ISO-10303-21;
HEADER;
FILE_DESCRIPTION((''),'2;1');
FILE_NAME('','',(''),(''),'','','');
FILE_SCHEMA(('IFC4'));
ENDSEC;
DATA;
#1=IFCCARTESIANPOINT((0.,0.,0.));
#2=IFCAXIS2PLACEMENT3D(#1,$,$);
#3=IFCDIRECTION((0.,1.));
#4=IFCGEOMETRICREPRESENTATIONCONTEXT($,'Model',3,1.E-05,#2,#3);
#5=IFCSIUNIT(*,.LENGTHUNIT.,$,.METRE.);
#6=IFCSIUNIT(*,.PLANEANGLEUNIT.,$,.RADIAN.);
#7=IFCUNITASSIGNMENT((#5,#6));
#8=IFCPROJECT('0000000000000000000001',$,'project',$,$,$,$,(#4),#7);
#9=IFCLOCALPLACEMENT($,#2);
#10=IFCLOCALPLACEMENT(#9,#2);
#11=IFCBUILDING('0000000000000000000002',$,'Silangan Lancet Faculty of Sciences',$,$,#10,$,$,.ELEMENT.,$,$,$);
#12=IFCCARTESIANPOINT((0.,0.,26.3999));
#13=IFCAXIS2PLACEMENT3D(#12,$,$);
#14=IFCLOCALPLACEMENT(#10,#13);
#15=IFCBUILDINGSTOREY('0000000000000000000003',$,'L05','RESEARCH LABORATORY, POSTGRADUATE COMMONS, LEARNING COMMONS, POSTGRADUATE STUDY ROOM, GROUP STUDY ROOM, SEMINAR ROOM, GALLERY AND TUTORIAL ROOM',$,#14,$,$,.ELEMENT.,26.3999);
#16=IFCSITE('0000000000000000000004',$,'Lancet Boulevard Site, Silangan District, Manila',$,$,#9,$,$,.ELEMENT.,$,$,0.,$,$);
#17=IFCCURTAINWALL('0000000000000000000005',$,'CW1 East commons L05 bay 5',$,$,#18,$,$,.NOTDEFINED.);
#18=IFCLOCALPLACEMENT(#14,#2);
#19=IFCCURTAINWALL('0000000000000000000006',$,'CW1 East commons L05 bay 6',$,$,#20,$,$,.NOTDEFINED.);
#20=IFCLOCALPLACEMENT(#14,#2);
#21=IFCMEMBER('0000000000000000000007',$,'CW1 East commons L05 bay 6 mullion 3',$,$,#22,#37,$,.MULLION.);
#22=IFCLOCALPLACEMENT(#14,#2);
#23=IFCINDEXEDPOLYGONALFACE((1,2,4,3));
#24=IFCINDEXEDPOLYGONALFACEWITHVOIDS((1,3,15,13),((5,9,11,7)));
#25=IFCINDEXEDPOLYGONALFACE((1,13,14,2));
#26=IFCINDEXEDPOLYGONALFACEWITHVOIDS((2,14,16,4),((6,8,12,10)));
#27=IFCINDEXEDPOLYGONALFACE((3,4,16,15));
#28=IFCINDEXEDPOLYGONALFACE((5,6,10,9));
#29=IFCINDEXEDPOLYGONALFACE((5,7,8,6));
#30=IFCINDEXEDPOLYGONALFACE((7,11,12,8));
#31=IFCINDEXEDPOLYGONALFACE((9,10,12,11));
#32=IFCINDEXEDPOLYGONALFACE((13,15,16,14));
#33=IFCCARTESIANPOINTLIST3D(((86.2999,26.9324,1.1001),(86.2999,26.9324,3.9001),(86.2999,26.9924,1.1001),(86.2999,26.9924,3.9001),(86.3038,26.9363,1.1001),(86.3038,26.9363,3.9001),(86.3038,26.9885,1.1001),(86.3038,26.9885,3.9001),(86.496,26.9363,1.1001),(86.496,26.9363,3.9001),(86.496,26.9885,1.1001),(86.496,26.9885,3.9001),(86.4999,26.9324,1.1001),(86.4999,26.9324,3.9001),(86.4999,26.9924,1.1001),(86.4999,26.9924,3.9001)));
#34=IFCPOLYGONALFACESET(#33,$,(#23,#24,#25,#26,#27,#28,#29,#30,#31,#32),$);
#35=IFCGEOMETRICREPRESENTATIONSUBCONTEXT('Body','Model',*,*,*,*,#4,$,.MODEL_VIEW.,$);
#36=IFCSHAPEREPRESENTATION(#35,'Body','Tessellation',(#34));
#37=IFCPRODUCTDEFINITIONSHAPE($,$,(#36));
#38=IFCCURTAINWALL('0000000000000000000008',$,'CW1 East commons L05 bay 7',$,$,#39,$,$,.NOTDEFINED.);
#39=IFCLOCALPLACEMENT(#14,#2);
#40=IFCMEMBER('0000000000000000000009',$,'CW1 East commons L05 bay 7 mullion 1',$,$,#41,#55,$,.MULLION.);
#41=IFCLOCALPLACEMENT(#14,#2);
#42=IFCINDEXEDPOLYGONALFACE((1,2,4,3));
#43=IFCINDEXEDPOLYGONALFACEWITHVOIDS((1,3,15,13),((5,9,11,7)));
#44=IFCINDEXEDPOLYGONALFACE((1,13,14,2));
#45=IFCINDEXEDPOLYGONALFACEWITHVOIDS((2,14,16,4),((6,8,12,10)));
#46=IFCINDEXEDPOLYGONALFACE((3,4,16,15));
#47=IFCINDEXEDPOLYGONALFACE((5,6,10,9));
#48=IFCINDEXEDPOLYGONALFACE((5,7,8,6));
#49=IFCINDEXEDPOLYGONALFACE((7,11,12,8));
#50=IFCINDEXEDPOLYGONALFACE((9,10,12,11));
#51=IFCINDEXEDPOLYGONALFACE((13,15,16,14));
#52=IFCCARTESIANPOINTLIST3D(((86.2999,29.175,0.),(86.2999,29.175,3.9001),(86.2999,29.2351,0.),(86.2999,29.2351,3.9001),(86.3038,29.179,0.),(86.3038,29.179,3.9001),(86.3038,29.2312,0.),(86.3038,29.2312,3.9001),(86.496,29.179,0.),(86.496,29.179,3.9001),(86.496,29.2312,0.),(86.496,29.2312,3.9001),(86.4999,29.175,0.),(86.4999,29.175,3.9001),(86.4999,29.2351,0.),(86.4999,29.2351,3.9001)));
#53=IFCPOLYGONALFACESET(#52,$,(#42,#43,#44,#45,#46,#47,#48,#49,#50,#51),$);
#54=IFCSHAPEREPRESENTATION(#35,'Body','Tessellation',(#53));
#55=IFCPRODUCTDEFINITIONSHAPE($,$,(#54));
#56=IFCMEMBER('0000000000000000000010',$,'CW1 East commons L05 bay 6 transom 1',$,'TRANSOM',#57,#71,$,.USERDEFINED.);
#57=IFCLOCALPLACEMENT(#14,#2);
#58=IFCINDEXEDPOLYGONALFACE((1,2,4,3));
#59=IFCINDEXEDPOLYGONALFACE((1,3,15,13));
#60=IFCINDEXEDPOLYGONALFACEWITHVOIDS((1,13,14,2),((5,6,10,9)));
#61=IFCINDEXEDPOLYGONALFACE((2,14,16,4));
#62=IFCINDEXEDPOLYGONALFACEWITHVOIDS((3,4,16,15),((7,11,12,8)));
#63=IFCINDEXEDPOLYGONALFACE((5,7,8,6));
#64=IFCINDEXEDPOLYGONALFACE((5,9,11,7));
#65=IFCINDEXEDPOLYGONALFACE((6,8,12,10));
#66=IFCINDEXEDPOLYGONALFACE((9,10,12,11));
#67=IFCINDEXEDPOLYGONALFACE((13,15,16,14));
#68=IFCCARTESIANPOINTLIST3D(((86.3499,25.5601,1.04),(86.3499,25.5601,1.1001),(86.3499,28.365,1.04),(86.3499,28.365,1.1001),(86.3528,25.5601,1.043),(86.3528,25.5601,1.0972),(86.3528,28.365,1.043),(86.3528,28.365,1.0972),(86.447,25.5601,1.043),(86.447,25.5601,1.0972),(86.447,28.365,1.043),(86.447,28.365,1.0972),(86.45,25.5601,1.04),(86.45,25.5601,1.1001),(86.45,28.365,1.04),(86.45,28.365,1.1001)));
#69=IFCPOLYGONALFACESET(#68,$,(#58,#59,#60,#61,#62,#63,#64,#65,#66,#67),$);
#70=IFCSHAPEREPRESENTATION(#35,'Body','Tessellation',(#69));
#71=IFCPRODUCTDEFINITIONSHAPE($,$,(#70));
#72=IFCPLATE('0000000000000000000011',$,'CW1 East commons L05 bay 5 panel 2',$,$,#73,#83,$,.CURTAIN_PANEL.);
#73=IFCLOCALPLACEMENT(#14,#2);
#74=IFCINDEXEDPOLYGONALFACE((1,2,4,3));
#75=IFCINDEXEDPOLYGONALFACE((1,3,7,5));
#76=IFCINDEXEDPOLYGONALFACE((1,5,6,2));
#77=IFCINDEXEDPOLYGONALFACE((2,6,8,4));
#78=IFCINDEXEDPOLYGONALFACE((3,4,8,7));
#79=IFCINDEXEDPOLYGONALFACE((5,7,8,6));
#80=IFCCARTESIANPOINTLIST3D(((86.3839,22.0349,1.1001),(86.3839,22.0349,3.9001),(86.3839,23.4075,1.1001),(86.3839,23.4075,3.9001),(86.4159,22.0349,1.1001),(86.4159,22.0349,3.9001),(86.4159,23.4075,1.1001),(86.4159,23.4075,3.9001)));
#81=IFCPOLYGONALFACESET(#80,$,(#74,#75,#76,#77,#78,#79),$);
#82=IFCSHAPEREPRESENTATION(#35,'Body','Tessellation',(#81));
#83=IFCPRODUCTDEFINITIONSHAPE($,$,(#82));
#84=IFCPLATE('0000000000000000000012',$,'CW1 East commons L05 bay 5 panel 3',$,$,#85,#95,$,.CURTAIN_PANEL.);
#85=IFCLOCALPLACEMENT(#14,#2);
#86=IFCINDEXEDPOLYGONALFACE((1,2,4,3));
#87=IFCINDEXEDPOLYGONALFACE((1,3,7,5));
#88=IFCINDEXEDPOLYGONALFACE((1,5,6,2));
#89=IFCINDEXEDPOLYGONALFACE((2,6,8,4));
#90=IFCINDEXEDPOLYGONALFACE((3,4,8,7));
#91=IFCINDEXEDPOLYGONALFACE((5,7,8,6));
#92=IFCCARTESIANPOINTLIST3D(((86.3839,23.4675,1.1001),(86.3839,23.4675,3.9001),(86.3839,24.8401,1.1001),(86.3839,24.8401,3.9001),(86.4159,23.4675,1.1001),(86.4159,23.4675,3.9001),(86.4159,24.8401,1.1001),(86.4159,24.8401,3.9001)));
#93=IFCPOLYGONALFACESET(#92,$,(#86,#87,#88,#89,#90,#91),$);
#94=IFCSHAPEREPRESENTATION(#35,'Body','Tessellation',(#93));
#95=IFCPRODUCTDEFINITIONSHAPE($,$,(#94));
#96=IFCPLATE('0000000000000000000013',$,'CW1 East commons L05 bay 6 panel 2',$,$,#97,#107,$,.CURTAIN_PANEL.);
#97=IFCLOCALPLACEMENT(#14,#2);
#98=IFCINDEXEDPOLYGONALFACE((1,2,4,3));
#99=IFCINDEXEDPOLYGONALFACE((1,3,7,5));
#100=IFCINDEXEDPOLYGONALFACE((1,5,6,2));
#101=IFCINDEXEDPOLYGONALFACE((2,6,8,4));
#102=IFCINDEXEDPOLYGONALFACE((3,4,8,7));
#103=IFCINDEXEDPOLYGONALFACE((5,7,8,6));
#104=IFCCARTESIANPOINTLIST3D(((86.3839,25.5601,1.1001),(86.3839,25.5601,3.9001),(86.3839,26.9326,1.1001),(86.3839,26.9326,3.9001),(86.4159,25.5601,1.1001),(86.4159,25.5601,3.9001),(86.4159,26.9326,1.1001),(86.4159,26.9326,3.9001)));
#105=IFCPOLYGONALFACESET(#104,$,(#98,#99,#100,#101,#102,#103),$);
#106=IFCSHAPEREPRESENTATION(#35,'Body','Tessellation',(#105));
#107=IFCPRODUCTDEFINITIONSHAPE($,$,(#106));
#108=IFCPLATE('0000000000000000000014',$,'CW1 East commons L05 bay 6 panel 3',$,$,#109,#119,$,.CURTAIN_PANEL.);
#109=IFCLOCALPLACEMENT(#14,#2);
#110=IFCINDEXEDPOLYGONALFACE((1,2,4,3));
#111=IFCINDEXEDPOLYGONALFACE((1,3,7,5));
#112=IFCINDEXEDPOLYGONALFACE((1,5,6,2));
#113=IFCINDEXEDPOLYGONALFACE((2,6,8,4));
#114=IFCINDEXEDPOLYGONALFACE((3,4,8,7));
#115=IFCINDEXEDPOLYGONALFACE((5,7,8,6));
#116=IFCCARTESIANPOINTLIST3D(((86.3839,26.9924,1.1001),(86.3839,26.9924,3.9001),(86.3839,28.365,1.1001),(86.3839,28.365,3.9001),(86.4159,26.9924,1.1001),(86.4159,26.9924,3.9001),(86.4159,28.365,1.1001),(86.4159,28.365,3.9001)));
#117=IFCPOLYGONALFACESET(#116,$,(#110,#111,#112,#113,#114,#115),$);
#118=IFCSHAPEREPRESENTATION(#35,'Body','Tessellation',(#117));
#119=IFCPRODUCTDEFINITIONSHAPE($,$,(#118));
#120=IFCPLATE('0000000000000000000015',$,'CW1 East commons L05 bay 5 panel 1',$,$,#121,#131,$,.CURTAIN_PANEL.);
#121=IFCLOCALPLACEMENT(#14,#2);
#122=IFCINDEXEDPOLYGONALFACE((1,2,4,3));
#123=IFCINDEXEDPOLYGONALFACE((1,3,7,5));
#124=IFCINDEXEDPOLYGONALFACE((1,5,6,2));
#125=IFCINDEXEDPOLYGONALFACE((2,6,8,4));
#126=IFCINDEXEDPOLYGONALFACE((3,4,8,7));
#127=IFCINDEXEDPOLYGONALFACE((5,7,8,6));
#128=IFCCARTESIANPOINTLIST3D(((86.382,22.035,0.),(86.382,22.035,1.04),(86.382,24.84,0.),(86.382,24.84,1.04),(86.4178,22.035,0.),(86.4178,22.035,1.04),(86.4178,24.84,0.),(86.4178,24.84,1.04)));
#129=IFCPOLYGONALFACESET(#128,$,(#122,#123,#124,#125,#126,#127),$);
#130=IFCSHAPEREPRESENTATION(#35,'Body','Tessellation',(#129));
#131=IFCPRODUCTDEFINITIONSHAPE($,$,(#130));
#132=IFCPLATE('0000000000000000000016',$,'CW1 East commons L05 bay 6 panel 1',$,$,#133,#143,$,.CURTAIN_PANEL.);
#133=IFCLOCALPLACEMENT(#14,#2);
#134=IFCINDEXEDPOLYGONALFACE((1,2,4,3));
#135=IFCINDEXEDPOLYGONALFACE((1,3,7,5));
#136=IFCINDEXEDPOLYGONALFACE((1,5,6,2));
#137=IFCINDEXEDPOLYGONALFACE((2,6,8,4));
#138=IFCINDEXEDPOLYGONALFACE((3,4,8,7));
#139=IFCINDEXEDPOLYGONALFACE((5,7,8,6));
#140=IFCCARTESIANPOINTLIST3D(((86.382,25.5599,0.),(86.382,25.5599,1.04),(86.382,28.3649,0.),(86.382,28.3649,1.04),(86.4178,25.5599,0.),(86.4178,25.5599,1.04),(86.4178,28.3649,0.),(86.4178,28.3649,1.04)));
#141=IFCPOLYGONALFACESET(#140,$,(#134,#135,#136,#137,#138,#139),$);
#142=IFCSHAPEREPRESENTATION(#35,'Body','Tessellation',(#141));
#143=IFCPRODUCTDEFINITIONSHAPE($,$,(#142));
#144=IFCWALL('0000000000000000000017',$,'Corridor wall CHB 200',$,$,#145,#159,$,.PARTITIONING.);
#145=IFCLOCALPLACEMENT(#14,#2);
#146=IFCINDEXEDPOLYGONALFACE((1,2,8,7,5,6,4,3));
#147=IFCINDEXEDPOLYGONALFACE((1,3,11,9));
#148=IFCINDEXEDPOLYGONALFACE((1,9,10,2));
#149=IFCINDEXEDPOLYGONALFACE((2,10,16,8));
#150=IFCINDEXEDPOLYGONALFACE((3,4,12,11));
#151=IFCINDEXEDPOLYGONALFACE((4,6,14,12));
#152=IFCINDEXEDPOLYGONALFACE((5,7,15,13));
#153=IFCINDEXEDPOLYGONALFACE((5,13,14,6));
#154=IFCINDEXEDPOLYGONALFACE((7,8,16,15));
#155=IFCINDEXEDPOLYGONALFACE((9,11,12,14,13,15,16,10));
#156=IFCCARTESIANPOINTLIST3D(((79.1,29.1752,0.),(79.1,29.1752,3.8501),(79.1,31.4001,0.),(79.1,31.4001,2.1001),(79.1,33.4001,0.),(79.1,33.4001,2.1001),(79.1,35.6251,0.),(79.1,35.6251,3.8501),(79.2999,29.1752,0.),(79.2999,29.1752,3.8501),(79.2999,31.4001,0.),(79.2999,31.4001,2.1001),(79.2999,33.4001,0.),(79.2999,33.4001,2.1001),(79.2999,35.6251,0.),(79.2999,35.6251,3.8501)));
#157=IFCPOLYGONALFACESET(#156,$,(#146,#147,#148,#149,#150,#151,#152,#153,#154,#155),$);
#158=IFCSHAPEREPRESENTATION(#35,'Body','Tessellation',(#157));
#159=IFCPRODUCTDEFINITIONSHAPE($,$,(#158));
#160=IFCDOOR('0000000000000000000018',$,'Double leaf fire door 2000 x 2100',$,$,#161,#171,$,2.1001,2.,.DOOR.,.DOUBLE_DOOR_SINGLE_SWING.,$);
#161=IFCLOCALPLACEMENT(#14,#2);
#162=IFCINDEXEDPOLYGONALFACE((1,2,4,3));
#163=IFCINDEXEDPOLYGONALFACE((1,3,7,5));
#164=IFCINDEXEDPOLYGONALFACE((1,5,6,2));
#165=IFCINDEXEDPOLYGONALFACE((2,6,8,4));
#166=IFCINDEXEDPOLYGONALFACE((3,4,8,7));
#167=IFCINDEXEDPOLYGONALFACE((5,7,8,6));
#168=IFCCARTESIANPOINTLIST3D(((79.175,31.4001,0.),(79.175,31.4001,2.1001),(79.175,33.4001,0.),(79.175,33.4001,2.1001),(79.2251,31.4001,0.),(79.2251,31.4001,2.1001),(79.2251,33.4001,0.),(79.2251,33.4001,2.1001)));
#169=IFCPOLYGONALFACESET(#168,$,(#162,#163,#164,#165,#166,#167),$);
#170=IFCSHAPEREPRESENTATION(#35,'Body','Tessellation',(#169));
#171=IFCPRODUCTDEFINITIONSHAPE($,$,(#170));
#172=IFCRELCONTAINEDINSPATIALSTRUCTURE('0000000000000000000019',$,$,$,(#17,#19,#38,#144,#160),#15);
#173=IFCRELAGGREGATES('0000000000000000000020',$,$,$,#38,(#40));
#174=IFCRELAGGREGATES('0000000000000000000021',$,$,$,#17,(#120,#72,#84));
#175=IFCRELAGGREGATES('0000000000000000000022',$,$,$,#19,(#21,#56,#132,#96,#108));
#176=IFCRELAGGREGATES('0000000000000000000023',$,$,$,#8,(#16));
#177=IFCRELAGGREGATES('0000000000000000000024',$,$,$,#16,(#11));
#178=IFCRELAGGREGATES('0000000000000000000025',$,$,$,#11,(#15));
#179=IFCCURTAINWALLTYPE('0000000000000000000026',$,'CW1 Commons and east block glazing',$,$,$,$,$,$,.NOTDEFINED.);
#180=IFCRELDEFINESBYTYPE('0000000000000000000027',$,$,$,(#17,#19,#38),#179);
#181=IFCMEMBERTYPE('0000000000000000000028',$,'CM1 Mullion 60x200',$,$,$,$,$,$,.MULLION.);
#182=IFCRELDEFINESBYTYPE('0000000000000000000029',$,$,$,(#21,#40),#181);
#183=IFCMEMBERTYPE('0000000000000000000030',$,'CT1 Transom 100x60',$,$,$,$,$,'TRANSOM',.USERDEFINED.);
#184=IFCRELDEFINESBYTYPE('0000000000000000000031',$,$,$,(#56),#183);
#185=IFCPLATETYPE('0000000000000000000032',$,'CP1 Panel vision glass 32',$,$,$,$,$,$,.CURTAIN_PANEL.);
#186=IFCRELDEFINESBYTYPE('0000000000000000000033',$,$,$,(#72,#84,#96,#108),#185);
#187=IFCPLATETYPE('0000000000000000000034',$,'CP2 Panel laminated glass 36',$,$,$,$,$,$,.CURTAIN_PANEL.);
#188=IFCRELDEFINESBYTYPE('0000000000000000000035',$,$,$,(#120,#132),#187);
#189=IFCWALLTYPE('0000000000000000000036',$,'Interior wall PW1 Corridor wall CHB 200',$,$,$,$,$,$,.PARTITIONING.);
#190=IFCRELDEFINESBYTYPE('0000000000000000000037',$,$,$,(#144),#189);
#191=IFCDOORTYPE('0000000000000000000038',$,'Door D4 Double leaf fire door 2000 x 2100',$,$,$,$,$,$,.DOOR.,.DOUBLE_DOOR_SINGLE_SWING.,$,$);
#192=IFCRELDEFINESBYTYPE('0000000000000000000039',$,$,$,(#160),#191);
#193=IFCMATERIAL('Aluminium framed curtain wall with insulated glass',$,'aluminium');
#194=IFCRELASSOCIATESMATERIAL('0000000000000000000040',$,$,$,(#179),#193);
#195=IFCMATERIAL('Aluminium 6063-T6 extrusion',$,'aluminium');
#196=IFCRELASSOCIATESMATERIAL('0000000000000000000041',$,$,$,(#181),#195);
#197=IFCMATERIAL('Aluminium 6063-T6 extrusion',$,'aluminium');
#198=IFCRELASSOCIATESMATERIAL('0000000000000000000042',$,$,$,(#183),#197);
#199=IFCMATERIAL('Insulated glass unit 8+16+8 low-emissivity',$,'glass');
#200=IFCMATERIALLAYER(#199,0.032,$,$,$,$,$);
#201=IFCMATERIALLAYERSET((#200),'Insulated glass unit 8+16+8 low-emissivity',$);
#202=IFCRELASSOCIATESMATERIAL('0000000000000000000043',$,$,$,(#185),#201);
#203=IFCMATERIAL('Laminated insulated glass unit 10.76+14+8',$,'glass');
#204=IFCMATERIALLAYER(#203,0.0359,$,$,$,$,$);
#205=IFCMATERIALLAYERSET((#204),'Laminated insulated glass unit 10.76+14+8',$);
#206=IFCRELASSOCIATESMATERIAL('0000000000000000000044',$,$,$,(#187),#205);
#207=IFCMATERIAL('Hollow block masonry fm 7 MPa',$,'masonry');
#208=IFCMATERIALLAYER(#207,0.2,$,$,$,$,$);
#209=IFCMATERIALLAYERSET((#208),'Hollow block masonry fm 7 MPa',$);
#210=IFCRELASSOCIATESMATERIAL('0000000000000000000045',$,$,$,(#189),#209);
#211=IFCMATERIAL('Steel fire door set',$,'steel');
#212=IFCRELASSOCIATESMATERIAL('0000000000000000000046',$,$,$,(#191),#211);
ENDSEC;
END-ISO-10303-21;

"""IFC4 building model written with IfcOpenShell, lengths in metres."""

from ifc_helpers import new_model, si_unit, direction, frame, frame_2d, origin, origin_2d, place, context, subcontext, project, spatial, rectangle, hollow_rectangle, extrude, material, layer, layer_set, material_profile, profile_set, type_object, element, fill, aggregate, save


model = new_model("IFC4")

# Units and contexts
model_context = context("Model", 3, precision=1e-05, world=origin(), true_north=direction((0.0, 1.0)))
body_context = subcontext(model_context, "Body", "Model", "MODEL_VIEW")
ifc_project = project(units=[si_unit("LENGTHUNIT", "METRE"), si_unit("PLANEANGLEUNIT", "RADIAN")], contexts=[model_context])

# Site, building, storey
site_placement = place(None, origin())
site = spatial("IfcSite", under=ifc_project, at=site_placement, Name="Lancet Boulevard Site, Silangan District, Manila", CompositionType="ELEMENT", RefElevation=0.0)
building_placement = place(site_placement, origin())
building = spatial("IfcBuilding", under=site, at=building_placement, Name="Silangan Lancet Faculty of Sciences", CompositionType="ELEMENT")
storey_placement = place(building_placement, frame((0.0, 0.0, 26.3999)))
storey = spatial("IfcBuildingStorey", under=building, at=storey_placement, Name="L05", Description="RESEARCH LABORATORY, POSTGRADUATE COMMONS, LEARNING COMMONS, POSTGRADUATE STUDY ROOM, GROUP STUDY ROOM, SEMINAR ROOM, GALLERY AND TUTORIAL ROOM", CompositionType="ELEMENT", Elevation=26.3999)

# Curtain walls, member
ifc_material_1 = material(Name="Aluminium framed curtain wall with insulated glass", Category="aluminium")
curtain_wall_type = type_object("IfcCurtainWallType", Name="CW1 Commons and east block glazing", PredefinedType="NOTDEFINED", material=ifc_material_1)
curtain_wall_1_placement = place(storey_placement, origin())
curtain_wall_1 = element("IfcCurtainWall", 1, at=curtain_wall_1_placement, inside=storey, type_object=curtain_wall_type, Name="CW1 East commons L05 bay 5", PredefinedType="NOTDEFINED")
ifc_material_2 = material(Name="Aluminium 6063-T6 extrusion", Category="aluminium")
ifc_material_profile_1 = material_profile(ifc_material_2, hollow_rectangle(XDim=0.0601, YDim=0.2, WallThickness=0.0039, at=origin_2d()), Name="AL BOX 60x200x4")
ifc_profile_set_1 = profile_set([ifc_material_profile_1], Name="Aluminium 6063-T6 extrusion")
member_type_1 = type_object("IfcMemberType", Name="CM1 Mullion 60x200", PredefinedType="MULLION", material=ifc_profile_set_1)
curtain_wall_2_placement = place(storey_placement, origin())
curtain_wall_2 = element("IfcCurtainWall", 2, at=curtain_wall_2_placement, inside=storey, type_object=curtain_wall_type, Name="CW1 East commons L05 bay 6", PredefinedType="NOTDEFINED")
member_1_placement = place(storey_placement, frame((86.3999, 26.9624, 1.1001), z_axis=(0.0, 0.0, 1.0), x_axis=(0.0, 1.0, 0.0)))
member_1 = element("IfcMember", 3, at=member_1_placement, type_object=member_type_1, Name="CW1 East commons L05 bay 6 mullion 3", PredefinedType="MULLION", context=body_context, shape_type="SweptSolid", body=[
    extrude(hollow_rectangle(XDim=0.0601, YDim=0.2, WallThickness=0.0039, at=origin_2d()), origin(), (0.0, 0.0, 1.0), 2.8),
])

# Curtain wall, member
curtain_wall_3_placement = place(storey_placement, origin())
curtain_wall_3 = element("IfcCurtainWall", 4, at=curtain_wall_3_placement, inside=storey, type_object=curtain_wall_type, Name="CW1 East commons L05 bay 7", PredefinedType="NOTDEFINED")
member_2_placement = place(storey_placement, frame((86.3999, 29.2051, 0.0), z_axis=(0.0, 0.0, 1.0), x_axis=(0.0, 1.0, 0.0)))
member_2 = element("IfcMember", 5, at=member_2_placement, type_object=member_type_1, Name="CW1 East commons L05 bay 7 mullion 1", PredefinedType="MULLION", context=body_context, shape_type="SweptSolid", body=[
    extrude(hollow_rectangle(XDim=0.0601, YDim=0.2, WallThickness=0.0039, at=origin_2d()), origin(), (0.0, 0.0, 1.0), 3.9001),
])
aggregate(curtain_wall_3, [member_2])

# Member
ifc_material_3 = material(Name="Aluminium 6063-T6 extrusion", Category="aluminium")
ifc_material_profile_2 = material_profile(ifc_material_3, hollow_rectangle(XDim=0.1001, YDim=0.0601, WallThickness=0.0029, at=origin_2d()), Name="AL BOX 100x60x3")
ifc_profile_set_2 = profile_set([ifc_material_profile_2], Name="Aluminium 6063-T6 extrusion")
member_type_2 = type_object("IfcMemberType", Name="CT1 Transom 100x60", ElementType="TRANSOM", PredefinedType="USERDEFINED", material=ifc_profile_set_2)
member_3_placement = place(storey_placement, frame((86.3999, 25.5601, 1.0701), z_axis=(0.0, 1.0, 0.0), x_axis=(-1.0, 0.0, 0.0)))
member_3 = element("IfcMember", 6, at=member_3_placement, type_object=member_type_2, Name="CW1 East commons L05 bay 6 transom 1", ObjectType="TRANSOM", PredefinedType="USERDEFINED", context=body_context, shape_type="SweptSolid", body=[
    extrude(hollow_rectangle(XDim=0.1001, YDim=0.0601, WallThickness=0.0029, at=origin_2d()), origin(), (0.0, 0.0, 1.0), 2.8049),
])

# Plates
ifc_material_4 = material(Name="Insulated glass unit 8+16+8 low-emissivity", Category="glass")
ifc_layer_1 = layer(ifc_material_4, 0.032)
ifc_layer_set_1 = layer_set([ifc_layer_1], Name="Insulated glass unit 8+16+8 low-emissivity")
plate_type_1 = type_object("IfcPlateType", Name="CP1 Panel vision glass 32", PredefinedType="CURTAIN_PANEL", material=ifc_layer_set_1)
plate_1_placement = place(storey_placement, frame((86.3999, 22.7212, 1.1001), z_axis=(0.0, 0.0, 1.0), x_axis=(0.0, 1.0, 0.0)))
plate_1 = element("IfcPlate", 7, at=plate_1_placement, type_object=plate_type_1, Name="CW1 East commons L05 bay 5 panel 2", PredefinedType="CURTAIN_PANEL", context=body_context, shape_type="SweptSolid", body=[
    extrude(rectangle(XDim=1.3726, YDim=0.032, at=origin_2d()), origin(), (0.0, 0.0, 1.0), 2.8),
])
plate_2_placement = place(storey_placement, frame((86.3999, 24.1538, 1.1001), z_axis=(0.0, 0.0, 1.0), x_axis=(0.0, 1.0, 0.0)))
plate_2 = element("IfcPlate", 8, at=plate_2_placement, type_object=plate_type_1, Name="CW1 East commons L05 bay 5 panel 3", PredefinedType="CURTAIN_PANEL", context=body_context, shape_type="SweptSolid", body=[
    extrude(rectangle(XDim=1.3726, YDim=0.032, at=origin_2d()), origin(), (0.0, 0.0, 1.0), 2.8),
])
plate_3_placement = place(storey_placement, frame((86.3999, 26.2463, 1.1001), z_axis=(0.0, 0.0, 1.0), x_axis=(0.0, 1.0, 0.0)))
plate_3 = element("IfcPlate", 9, at=plate_3_placement, type_object=plate_type_1, Name="CW1 East commons L05 bay 6 panel 2", PredefinedType="CURTAIN_PANEL", context=body_context, shape_type="SweptSolid", body=[
    extrude(rectangle(XDim=1.3726, YDim=0.032, at=origin_2d()), origin(), (0.0, 0.0, 1.0), 2.8),
])
plate_4_placement = place(storey_placement, frame((86.3999, 27.6787, 1.1001), z_axis=(0.0, 0.0, 1.0), x_axis=(0.0, 1.0, 0.0)))
plate_4 = element("IfcPlate", 10, at=plate_4_placement, type_object=plate_type_1, Name="CW1 East commons L05 bay 6 panel 3", PredefinedType="CURTAIN_PANEL", context=body_context, shape_type="SweptSolid", body=[
    extrude(rectangle(XDim=1.3726, YDim=0.032, at=origin_2d()), origin(), (0.0, 0.0, 1.0), 2.8),
])
ifc_material_5 = material(Name="Laminated insulated glass unit 10.76+14+8", Category="glass")
ifc_layer_2 = layer(ifc_material_5, 0.0359)
ifc_layer_set_2 = layer_set([ifc_layer_2], Name="Laminated insulated glass unit 10.76+14+8")
plate_type_2 = type_object("IfcPlateType", Name="CP2 Panel laminated glass 36", PredefinedType="CURTAIN_PANEL", material=ifc_layer_set_2)
plate_5_placement = place(storey_placement, frame((86.3999, 23.4375, 0.0), z_axis=(0.0, 0.0, 1.0), x_axis=(0.0, 1.0, 0.0)))
plate_5 = element("IfcPlate", 11, at=plate_5_placement, type_object=plate_type_2, Name="CW1 East commons L05 bay 5 panel 1", PredefinedType="CURTAIN_PANEL", context=body_context, shape_type="SweptSolid", body=[
    extrude(rectangle(XDim=2.8049, YDim=0.0359, at=origin_2d()), origin(), (0.0, 0.0, 1.0), 1.04),
])
aggregate(curtain_wall_1, [plate_5, plate_1, plate_2])
plate_6_placement = place(storey_placement, frame((86.3999, 26.9624, 0.0), z_axis=(0.0, 0.0, 1.0), x_axis=(0.0, 1.0, 0.0)))
plate_6 = element("IfcPlate", 12, at=plate_6_placement, type_object=plate_type_2, Name="CW1 East commons L05 bay 6 panel 1", PredefinedType="CURTAIN_PANEL", context=body_context, shape_type="SweptSolid", body=[
    extrude(rectangle(XDim=2.8049, YDim=0.0359, at=origin_2d()), origin(), (0.0, 0.0, 1.0), 1.04),
])
aggregate(curtain_wall_2, [member_1, member_3, plate_6, plate_3, plate_4])

# Wall, opening, door
ifc_material_6 = material(Name="Hollow block masonry fm 7 MPa", Category="masonry")
ifc_layer_3 = layer(ifc_material_6, 0.2)
ifc_layer_set_3 = layer_set([ifc_layer_3], Name="Hollow block masonry fm 7 MPa")
wall_type_1 = type_object("IfcWallType", Name="Interior wall PW1 Corridor wall CHB 200", PredefinedType="PARTITIONING", material=ifc_layer_set_3)
wall_1_placement = place(storey_placement, frame((79.2, 29.175, 0.0), z_axis=(0.0, 0.0, 1.0), x_axis=(0.0, 1.0, 0.0)))
wall_1 = element("IfcWall", 13, at=wall_1_placement, inside=storey, type_object=wall_type_1, Name="Corridor wall CHB 200", PredefinedType="PARTITIONING", context=body_context, shape_type="SweptSolid", body=[
    extrude(rectangle(XDim=6.45, YDim=0.2, at=frame_2d((3.2251, 0.0))), origin(), (0.0, 0.0, 1.0), 3.8501),
])
opening_1_placement = place(wall_1_placement, frame((2.2251, 0.0, 0.0)))
opening_1 = element("IfcOpeningElement", 14, at=opening_1_placement, cuts=wall_1, PredefinedType="OPENING", context=body_context, shape_type="SweptSolid", body=[
    extrude(rectangle(XDim=2.0, YDim=2.1001, at=frame_2d((1.0, 1.05))), frame((0.0, 0.1099, 0.0), z_axis=(0.0, -1.0, 0.0), x_axis=(1.0, 0.0, 0.0)), (0.0, 0.0, 1.0), 0.22),
])
ifc_material_7 = material(Name="Steel fire door set", Category="steel")
door_type_1 = type_object("IfcDoorType", Name="Door D4 Double leaf fire door 2000 x 2100", OperationType="DOUBLE_DOOR_SINGLE_SWING", PredefinedType="DOOR", material=ifc_material_7)
door_1_placement = place(opening_1_placement, origin())
door_1 = element("IfcDoor", 15, at=door_1_placement, inside=storey, type_object=door_type_1, Name="Double leaf fire door 2000 x 2100", OperationType="DOUBLE_DOOR_SINGLE_SWING", OverallHeight=2.1001, OverallWidth=2.0, PredefinedType="DOOR", context=body_context, shape_type="SweptSolid", body=[
    extrude(rectangle(XDim=2.0, YDim=2.1001, at=frame_2d((1.0, 1.05))), frame((0.0, 0.0249, 0.0), z_axis=(0.0, -1.0, 0.0), x_axis=(1.0, 0.0, 0.0)), (0.0, 0.0, 1.0), 0.05),
])
fill(opening_1, door_1)

save(model, "model.ifc")
